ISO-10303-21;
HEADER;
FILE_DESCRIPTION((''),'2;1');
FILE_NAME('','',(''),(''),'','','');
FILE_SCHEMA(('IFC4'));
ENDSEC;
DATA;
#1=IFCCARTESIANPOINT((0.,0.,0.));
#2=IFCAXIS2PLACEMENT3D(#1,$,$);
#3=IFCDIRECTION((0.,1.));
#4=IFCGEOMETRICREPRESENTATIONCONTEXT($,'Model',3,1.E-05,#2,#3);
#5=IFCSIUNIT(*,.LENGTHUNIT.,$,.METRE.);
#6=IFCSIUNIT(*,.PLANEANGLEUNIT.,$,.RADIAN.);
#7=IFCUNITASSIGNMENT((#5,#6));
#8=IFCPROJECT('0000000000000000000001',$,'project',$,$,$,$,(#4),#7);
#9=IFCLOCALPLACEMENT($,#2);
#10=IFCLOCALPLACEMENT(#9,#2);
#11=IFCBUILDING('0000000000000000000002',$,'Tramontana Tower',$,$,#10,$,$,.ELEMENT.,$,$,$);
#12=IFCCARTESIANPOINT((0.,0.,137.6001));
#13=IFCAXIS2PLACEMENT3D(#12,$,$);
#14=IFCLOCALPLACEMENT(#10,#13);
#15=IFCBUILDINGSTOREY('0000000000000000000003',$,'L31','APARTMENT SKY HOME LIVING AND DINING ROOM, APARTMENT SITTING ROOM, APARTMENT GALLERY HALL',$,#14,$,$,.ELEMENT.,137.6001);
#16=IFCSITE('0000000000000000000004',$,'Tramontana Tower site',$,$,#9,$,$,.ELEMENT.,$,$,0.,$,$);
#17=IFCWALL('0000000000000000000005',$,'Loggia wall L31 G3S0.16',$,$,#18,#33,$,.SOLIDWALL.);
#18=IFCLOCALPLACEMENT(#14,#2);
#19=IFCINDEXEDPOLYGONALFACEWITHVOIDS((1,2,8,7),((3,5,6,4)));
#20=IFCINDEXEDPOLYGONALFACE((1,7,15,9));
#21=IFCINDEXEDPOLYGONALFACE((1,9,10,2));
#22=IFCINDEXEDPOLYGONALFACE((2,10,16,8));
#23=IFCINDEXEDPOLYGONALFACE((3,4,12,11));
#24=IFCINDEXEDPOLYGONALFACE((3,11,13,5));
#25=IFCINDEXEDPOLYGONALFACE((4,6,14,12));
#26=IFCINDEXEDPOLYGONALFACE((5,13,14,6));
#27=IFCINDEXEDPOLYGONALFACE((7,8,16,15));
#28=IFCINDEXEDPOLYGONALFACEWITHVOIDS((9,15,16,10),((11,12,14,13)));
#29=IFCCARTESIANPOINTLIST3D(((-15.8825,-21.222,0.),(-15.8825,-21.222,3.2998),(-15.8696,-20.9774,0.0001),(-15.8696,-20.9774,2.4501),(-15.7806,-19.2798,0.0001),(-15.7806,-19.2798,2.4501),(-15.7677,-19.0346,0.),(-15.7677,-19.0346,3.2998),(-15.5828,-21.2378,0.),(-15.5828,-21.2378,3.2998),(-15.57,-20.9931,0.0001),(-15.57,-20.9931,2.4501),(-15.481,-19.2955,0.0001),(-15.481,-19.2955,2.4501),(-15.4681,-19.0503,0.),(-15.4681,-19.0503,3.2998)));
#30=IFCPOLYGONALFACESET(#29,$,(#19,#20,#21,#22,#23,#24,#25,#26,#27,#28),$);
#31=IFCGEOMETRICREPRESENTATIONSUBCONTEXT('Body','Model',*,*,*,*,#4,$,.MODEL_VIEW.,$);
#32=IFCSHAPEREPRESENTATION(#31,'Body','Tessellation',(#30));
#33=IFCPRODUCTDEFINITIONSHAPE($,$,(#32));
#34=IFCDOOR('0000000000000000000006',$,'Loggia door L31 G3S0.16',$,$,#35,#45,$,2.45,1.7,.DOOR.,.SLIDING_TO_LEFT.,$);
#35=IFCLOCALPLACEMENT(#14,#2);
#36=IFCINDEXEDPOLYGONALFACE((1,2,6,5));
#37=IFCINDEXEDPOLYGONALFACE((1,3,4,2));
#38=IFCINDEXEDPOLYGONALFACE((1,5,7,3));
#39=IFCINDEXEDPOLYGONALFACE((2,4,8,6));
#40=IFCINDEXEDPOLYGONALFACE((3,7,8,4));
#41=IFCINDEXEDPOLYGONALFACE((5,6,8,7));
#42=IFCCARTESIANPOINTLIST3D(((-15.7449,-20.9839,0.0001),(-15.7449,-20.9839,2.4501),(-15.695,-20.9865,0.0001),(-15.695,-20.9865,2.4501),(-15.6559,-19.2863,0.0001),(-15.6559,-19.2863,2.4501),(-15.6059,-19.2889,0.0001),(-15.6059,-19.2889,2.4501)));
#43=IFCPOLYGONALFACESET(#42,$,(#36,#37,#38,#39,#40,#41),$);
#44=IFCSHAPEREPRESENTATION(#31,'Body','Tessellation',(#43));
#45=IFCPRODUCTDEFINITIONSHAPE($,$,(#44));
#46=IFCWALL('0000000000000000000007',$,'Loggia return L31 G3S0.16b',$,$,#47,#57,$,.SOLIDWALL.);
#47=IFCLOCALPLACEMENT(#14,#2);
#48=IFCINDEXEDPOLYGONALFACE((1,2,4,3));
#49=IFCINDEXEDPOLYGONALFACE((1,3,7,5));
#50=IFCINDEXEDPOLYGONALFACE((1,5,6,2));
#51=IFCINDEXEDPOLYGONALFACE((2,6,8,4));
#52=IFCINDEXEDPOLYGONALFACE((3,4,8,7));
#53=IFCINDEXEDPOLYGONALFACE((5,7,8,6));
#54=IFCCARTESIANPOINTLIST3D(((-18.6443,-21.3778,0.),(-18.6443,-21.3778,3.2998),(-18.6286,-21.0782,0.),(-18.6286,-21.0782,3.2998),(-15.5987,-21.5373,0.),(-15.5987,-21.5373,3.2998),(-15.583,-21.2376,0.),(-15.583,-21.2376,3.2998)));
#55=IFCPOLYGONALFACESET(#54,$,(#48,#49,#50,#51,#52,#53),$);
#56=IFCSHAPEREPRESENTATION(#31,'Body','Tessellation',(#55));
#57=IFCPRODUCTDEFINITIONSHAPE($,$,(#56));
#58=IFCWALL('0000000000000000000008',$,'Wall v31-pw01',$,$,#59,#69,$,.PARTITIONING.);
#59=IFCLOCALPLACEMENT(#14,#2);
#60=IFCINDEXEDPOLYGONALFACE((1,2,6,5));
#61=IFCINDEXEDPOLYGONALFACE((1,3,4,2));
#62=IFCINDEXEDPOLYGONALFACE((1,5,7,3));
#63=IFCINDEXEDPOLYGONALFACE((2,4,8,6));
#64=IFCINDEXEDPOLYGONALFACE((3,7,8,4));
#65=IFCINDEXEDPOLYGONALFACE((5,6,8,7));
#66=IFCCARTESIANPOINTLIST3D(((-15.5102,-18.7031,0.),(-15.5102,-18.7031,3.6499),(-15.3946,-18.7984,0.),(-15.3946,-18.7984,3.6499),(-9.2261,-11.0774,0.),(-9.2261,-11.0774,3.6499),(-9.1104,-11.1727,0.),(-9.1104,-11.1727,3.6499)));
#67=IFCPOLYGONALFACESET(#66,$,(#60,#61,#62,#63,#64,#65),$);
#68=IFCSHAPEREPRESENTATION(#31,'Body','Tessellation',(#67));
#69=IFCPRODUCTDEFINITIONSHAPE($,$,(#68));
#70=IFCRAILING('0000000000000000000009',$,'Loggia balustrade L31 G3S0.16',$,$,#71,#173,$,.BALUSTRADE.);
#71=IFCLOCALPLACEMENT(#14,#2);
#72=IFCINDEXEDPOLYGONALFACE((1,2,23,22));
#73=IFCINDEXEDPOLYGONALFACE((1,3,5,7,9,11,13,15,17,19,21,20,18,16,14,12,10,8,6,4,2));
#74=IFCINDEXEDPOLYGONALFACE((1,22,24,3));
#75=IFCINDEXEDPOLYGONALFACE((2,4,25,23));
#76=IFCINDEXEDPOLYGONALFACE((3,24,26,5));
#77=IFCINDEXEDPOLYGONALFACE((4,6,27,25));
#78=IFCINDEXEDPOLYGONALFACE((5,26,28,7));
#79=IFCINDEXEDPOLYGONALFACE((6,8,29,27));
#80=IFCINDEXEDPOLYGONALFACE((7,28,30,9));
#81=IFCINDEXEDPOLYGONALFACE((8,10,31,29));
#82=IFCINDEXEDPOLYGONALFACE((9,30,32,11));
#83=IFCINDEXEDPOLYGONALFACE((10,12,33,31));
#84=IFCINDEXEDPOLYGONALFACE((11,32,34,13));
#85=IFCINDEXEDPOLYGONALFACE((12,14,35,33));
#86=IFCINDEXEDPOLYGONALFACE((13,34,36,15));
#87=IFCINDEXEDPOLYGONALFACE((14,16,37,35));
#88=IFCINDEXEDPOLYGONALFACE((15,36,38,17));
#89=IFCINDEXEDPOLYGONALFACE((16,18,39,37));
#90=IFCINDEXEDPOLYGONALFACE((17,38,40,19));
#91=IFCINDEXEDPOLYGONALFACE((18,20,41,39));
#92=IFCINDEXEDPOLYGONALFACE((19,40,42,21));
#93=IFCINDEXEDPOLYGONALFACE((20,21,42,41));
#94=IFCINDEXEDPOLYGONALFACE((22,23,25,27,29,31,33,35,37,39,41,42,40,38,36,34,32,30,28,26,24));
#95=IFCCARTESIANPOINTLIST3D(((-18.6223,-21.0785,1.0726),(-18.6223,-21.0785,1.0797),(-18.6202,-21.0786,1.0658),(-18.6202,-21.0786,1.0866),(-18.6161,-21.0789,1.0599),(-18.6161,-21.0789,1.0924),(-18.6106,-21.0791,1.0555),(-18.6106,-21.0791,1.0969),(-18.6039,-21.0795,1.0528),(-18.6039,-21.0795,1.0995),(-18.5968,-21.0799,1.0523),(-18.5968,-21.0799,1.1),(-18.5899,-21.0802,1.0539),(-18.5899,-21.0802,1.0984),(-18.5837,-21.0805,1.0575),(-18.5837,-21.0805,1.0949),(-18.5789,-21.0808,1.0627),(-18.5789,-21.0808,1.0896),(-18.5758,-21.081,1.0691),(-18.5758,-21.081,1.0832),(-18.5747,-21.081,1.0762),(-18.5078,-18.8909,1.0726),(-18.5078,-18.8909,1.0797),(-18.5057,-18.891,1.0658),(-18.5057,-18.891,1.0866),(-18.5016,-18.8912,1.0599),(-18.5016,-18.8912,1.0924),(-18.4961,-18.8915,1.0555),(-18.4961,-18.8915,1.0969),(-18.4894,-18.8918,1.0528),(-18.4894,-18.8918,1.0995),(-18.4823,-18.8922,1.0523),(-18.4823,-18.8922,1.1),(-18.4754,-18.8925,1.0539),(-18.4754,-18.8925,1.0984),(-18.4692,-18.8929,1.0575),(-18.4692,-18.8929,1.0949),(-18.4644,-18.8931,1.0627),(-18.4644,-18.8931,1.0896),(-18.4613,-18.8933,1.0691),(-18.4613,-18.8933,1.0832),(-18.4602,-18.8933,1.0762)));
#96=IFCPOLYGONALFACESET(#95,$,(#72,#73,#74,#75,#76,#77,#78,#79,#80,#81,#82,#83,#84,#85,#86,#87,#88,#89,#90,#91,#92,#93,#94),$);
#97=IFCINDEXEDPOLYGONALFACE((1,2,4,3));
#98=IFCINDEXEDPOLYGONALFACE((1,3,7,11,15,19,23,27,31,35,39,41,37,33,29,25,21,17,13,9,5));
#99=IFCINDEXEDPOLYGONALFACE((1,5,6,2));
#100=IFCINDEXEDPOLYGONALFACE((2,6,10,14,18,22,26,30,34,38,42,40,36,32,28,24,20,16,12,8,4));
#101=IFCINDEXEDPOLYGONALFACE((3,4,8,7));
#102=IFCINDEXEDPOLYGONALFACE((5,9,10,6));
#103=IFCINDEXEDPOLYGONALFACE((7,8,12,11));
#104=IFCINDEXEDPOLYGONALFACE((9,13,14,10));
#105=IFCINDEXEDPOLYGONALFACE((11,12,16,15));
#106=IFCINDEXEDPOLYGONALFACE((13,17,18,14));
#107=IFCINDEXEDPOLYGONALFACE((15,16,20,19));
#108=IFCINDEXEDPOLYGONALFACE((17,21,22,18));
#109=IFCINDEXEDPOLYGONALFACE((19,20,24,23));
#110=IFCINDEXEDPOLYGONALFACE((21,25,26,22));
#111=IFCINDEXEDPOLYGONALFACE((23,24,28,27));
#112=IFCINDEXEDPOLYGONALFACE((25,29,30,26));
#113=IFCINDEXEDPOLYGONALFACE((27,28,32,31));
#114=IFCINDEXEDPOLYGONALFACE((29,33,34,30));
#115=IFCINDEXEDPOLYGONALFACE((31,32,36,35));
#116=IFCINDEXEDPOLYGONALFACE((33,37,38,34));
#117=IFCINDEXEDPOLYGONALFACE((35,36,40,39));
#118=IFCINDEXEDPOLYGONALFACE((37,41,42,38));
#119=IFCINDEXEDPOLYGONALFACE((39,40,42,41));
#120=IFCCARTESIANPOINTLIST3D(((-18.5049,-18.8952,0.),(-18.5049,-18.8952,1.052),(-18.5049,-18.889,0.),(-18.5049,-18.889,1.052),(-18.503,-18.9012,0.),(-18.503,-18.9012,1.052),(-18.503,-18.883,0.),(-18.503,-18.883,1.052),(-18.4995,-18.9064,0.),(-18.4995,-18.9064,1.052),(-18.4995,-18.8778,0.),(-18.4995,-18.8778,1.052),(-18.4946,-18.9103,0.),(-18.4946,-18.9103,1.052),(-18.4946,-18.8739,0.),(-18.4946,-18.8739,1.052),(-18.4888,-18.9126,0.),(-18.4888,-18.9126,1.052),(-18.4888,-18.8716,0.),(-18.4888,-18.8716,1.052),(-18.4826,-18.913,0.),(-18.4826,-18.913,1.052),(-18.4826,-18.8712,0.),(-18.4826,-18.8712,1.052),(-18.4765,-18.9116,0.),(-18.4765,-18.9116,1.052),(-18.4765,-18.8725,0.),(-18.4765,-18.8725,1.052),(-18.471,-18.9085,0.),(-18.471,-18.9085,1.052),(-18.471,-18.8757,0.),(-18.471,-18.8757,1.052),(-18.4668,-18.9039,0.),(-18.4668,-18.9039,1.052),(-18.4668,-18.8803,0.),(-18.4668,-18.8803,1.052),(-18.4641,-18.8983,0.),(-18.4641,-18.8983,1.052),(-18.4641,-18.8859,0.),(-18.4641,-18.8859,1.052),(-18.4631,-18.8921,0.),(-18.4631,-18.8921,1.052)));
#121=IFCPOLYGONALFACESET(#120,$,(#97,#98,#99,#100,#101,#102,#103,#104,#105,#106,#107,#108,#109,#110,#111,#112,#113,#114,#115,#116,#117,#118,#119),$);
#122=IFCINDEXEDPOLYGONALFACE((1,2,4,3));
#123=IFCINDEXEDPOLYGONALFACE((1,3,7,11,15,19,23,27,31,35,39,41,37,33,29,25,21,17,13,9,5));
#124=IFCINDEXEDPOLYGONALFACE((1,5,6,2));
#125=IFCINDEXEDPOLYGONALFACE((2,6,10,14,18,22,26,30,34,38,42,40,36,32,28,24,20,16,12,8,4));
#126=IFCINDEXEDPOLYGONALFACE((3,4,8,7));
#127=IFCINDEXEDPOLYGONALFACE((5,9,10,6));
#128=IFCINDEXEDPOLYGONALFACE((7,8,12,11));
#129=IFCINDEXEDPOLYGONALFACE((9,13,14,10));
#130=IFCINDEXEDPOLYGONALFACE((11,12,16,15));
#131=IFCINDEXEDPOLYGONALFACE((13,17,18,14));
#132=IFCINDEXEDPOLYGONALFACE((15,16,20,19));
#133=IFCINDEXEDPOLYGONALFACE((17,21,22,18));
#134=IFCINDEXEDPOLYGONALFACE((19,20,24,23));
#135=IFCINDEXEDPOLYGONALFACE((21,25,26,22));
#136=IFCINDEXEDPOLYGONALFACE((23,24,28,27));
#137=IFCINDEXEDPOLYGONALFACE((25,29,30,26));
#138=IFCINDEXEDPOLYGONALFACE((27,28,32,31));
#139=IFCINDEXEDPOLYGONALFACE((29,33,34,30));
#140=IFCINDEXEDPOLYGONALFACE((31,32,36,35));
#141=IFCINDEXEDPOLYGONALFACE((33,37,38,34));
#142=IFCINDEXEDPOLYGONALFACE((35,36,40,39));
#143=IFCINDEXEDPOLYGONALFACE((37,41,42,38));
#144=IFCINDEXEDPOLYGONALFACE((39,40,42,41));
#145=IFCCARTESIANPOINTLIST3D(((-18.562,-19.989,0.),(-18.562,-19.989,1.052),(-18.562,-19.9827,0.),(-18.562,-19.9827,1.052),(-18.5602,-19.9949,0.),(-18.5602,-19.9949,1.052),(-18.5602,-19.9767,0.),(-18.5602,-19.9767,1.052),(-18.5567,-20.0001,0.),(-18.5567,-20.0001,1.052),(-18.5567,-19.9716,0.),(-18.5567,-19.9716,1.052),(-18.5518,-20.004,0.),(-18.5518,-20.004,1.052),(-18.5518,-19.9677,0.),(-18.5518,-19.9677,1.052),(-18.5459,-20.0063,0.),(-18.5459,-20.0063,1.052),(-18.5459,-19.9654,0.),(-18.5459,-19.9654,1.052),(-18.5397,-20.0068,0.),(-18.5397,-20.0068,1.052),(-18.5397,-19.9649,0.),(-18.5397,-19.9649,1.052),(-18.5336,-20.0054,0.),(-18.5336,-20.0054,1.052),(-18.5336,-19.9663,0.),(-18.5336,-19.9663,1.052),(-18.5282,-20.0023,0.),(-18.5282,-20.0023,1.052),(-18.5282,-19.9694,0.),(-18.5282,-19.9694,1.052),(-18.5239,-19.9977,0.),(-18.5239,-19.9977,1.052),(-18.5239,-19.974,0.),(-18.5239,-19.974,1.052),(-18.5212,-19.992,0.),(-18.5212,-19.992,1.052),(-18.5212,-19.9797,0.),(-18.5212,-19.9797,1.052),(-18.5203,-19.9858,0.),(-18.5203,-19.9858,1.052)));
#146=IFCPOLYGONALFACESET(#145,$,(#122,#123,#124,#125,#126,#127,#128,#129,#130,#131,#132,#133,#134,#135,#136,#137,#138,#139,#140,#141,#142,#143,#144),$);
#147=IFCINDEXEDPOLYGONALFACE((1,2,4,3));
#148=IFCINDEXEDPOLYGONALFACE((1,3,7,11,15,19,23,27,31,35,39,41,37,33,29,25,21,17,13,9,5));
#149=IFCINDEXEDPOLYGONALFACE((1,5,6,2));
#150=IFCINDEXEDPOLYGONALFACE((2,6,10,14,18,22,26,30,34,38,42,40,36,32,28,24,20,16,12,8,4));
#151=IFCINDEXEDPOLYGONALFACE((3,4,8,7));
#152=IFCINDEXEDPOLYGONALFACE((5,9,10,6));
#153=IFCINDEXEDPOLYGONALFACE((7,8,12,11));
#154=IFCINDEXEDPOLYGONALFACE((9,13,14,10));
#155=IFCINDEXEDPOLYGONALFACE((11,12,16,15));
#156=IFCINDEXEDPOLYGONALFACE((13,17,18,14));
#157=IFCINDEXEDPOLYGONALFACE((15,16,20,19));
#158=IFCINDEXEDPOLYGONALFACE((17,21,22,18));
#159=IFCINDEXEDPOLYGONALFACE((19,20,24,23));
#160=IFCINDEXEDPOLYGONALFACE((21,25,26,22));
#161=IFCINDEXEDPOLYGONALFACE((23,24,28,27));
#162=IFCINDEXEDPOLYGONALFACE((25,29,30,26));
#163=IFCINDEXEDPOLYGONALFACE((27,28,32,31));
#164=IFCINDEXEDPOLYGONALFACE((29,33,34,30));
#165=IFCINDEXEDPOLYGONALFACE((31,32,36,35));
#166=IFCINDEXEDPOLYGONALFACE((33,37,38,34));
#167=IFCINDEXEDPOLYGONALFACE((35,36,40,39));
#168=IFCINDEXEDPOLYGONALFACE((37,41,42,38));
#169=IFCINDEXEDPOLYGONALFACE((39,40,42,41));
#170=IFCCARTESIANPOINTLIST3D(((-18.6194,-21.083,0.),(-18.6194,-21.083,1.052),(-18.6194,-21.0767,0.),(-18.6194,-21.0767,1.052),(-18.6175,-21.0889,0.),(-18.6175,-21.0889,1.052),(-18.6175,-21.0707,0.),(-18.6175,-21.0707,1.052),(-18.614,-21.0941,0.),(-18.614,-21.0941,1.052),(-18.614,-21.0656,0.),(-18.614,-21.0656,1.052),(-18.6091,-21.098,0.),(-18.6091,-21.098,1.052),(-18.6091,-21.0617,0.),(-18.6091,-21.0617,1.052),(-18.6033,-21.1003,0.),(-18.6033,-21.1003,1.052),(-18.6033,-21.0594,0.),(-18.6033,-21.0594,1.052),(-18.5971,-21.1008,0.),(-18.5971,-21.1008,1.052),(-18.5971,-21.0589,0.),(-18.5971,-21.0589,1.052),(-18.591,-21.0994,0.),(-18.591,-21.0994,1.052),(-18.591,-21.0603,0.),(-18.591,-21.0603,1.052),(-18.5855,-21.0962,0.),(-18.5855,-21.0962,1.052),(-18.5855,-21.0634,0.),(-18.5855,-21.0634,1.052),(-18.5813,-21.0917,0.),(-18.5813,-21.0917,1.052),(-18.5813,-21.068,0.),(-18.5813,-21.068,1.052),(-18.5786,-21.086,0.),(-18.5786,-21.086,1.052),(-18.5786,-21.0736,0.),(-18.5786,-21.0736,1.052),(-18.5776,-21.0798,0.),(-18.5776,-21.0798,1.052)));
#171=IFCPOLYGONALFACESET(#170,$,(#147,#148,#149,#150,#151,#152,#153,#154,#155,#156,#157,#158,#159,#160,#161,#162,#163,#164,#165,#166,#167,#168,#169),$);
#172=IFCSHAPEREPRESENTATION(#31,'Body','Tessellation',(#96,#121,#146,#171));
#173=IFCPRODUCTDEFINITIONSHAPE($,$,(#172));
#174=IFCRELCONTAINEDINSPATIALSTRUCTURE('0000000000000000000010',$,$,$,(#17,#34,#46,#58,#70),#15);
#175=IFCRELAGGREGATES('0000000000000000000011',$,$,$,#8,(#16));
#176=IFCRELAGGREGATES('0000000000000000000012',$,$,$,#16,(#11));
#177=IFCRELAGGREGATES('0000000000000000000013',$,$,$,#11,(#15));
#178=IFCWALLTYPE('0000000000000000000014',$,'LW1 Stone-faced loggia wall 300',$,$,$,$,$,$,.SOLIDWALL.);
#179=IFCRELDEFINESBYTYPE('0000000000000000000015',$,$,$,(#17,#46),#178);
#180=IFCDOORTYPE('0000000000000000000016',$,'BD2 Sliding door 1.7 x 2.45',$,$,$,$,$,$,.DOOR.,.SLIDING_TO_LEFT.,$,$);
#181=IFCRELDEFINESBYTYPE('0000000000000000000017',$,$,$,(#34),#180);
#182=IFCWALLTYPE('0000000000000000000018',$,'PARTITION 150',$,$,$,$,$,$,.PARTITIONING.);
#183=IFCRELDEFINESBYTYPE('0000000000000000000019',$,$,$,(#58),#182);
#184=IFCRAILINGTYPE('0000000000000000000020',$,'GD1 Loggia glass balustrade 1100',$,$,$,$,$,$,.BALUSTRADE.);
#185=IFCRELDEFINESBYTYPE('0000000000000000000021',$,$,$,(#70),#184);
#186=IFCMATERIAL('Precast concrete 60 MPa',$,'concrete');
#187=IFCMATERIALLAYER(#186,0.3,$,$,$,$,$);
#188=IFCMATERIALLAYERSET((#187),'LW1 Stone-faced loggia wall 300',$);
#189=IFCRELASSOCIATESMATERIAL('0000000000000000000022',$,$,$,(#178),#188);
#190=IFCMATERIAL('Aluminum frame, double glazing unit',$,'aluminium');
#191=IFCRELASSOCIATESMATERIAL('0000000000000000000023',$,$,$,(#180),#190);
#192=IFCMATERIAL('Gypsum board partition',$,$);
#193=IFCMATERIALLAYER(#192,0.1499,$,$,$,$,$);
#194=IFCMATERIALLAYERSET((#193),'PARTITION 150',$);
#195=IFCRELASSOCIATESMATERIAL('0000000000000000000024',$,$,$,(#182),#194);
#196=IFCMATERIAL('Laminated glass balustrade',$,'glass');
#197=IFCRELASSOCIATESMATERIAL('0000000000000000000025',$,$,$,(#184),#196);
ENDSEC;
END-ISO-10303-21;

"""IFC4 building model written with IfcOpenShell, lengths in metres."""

from ifc_helpers import new_model, si_unit, direction, frame, frame_2d, origin, origin_2d, place, context, subcontext, project, spatial, rectangle, circle, extrude, material, layer, layer_set, type_object, element, fill, save


model = new_model("IFC4")

# Units and contexts
model_context = context("Model", 3, precision=1e-05, world=origin(), true_north=direction((0.0, 1.0)))
body_context = subcontext(model_context, "Body", "Model", "MODEL_VIEW")
ifc_project = project(units=[si_unit("LENGTHUNIT", "METRE"), si_unit("PLANEANGLEUNIT", "RADIAN")], contexts=[model_context])

# Site, building, storey
site_placement = place(None, origin())
site = spatial("IfcSite", under=ifc_project, at=site_placement, Name="Tramontana Tower site", CompositionType="ELEMENT", RefElevation=0.0)
building_placement = place(site_placement, origin())
building = spatial("IfcBuilding", under=site, at=building_placement, Name="Tramontana Tower", CompositionType="ELEMENT")
storey_placement = place(building_placement, frame((0.0, 0.0, 137.6001)))
storey = spatial("IfcBuildingStorey", under=building, at=storey_placement, Name="L31", Description="APARTMENT SKY HOME LIVING AND DINING ROOM, APARTMENT SITTING ROOM, APARTMENT GALLERY HALL", CompositionType="ELEMENT", Elevation=137.6001)

# Wall, opening, door
ifc_material_1 = material(Name="Precast concrete 60 MPa", Category="concrete")
ifc_layer_1 = layer(ifc_material_1, 0.3)
ifc_layer_set_1 = layer_set([ifc_layer_1], Name="LW1 Stone-faced loggia wall 300")
wall_type_1 = type_object("IfcWallType", Name="LW1 Stone-faced loggia wall 300", PredefinedType="SOLIDWALL", material=ifc_layer_set_1)
wall_1_placement = place(storey_placement, frame((-15.6179, -19.0425, 0.0), z_axis=(0.0, 0.0, 1.0), x_axis=(-0.052383, -0.998627, 0.0)))
wall_1 = element("IfcWall", 1, at=wall_1_placement, inside=storey, type_object=wall_type_1, Name="Loggia wall L31 G3S0.16", PredefinedType="SOLIDWALL", context=body_context, shape_type="SweptSolid", body=[
    extrude(rectangle(XDim=2.1904, YDim=0.3, at=frame_2d((1.0952, 0.0))), origin(), (0.0, 0.0, 1.0), 3.2998),
])
opening_1_placement = place(wall_1_placement, frame((0.2454, 0.0, 0.0)))
opening_1 = element("IfcOpeningElement", 2, at=opening_1_placement, cuts=wall_1, PredefinedType="OPENING", context=body_context, shape_type="SweptSolid", body=[
    extrude(rectangle(XDim=1.7, YDim=2.45, at=frame_2d((0.8501, 1.2251))), frame((0.0, 0.1599, 0.0), z_axis=(0.0, -1.0, 0.0), x_axis=(1.0, 0.0, 0.0)), (0.0, 0.0, 1.0), 0.3201),
])
ifc_material_2 = material(Name="Aluminum frame, double glazing unit", Category="aluminium")
door_type_1 = type_object("IfcDoorType", Name="BD2 Sliding door 1.7 x 2.45", OperationType="SLIDING_TO_LEFT", PredefinedType="DOOR", material=ifc_material_2)
door_1_placement = place(opening_1_placement, origin())
door_1 = element("IfcDoor", 3, at=door_1_placement, inside=storey, type_object=door_type_1, Name="Loggia door L31 G3S0.16", OperationType="SLIDING_TO_LEFT", OverallHeight=2.45, OverallWidth=1.7, PredefinedType="DOOR", context=body_context, shape_type="SweptSolid", body=[
    extrude(rectangle(XDim=1.7, YDim=2.45, at=frame_2d((0.8501, 1.2251))), frame((0.0, 0.0249, 0.0), z_axis=(0.0, -1.0, 0.0), x_axis=(1.0, 0.0, 0.0)), (0.0, 0.0, 1.0), 0.05),
])
fill(opening_1, door_1)

# Walls
wall_2_placement = place(storey_placement, frame((-18.6365, -21.228, 0.0), z_axis=(0.0, 0.0, 1.0), x_axis=(0.998633, -0.052273, 0.0)))
element("IfcWall", 4, at=wall_2_placement, inside=storey, type_object=wall_type_1, Name="Loggia return L31 G3S0.16b", PredefinedType="SOLIDWALL", context=body_context, shape_type="SweptSolid", body=[
    extrude(rectangle(XDim=3.0498, YDim=0.3, at=frame_2d((1.5249, 0.0))), origin(), (0.0, 0.0, 1.0), 3.2998),
])
ifc_material_3 = material(Name="Gypsum board partition")
ifc_layer_2 = layer(ifc_material_3, 0.1499)
ifc_layer_set_2 = layer_set([ifc_layer_2], Name="PARTITION 150")
wall_type_2 = type_object("IfcWallType", Name="PARTITION 150", PredefinedType="PARTITIONING", material=ifc_layer_set_2)
wall_3_placement = place(storey_placement, frame((-15.4524, -18.7507, 0.0), z_axis=(0.0, 0.0, 1.0), x_axis=(0.635958, 0.771723, 0.0)))
element("IfcWall", 5, at=wall_3_placement, inside=storey, type_object=wall_type_2, Name="Wall v31-pw01", PredefinedType="PARTITIONING", context=body_context, shape_type="SweptSolid", body=[
    extrude(rectangle(XDim=9.8813, YDim=0.1499, at=frame_2d((4.9407, 0.0))), origin(), (0.0, 0.0, 1.0), 3.6499),
])

# Railing
ifc_material_4 = material(Name="Laminated glass balustrade", Category="glass")
railing_type = type_object("IfcRailingType", Name="GD1 Loggia glass balustrade 1100", PredefinedType="BALUSTRADE", material=ifc_material_4)
railing_1_placement = place(storey_placement, frame((-18.4841, -18.8921, 0.0)))
element("IfcRailing", 6, at=railing_1_placement, inside=storey, type_object=railing_type, Name="Loggia balustrade L31 G3S0.16", PredefinedType="BALUSTRADE", context=body_context, shape_type="SweptSolid", body=[
    extrude(circle(Radius=0.0239, at=origin_2d()), frame((0.0, 0.0, 1.0762), z_axis=(-0.052266, -0.998633, 0.0), x_axis=(0.998633, -0.052266, 0.0)), (0.0, 0.0, 1.0), 2.1907),
    extrude(circle(Radius=0.021, at=origin_2d()), origin(), (0.0, 0.0, 1.0), 1.052),
    extrude(circle(Radius=0.021, at=origin_2d()), frame((-0.0571, -1.0938, 0.0)), (0.0, 0.0, 1.0), 1.052),
    extrude(circle(Radius=0.021, at=origin_2d()), frame((-0.1145, -2.1877, 0.0)), (0.0, 0.0, 1.0), 1.052),
])

save(model, "model.ifc")
